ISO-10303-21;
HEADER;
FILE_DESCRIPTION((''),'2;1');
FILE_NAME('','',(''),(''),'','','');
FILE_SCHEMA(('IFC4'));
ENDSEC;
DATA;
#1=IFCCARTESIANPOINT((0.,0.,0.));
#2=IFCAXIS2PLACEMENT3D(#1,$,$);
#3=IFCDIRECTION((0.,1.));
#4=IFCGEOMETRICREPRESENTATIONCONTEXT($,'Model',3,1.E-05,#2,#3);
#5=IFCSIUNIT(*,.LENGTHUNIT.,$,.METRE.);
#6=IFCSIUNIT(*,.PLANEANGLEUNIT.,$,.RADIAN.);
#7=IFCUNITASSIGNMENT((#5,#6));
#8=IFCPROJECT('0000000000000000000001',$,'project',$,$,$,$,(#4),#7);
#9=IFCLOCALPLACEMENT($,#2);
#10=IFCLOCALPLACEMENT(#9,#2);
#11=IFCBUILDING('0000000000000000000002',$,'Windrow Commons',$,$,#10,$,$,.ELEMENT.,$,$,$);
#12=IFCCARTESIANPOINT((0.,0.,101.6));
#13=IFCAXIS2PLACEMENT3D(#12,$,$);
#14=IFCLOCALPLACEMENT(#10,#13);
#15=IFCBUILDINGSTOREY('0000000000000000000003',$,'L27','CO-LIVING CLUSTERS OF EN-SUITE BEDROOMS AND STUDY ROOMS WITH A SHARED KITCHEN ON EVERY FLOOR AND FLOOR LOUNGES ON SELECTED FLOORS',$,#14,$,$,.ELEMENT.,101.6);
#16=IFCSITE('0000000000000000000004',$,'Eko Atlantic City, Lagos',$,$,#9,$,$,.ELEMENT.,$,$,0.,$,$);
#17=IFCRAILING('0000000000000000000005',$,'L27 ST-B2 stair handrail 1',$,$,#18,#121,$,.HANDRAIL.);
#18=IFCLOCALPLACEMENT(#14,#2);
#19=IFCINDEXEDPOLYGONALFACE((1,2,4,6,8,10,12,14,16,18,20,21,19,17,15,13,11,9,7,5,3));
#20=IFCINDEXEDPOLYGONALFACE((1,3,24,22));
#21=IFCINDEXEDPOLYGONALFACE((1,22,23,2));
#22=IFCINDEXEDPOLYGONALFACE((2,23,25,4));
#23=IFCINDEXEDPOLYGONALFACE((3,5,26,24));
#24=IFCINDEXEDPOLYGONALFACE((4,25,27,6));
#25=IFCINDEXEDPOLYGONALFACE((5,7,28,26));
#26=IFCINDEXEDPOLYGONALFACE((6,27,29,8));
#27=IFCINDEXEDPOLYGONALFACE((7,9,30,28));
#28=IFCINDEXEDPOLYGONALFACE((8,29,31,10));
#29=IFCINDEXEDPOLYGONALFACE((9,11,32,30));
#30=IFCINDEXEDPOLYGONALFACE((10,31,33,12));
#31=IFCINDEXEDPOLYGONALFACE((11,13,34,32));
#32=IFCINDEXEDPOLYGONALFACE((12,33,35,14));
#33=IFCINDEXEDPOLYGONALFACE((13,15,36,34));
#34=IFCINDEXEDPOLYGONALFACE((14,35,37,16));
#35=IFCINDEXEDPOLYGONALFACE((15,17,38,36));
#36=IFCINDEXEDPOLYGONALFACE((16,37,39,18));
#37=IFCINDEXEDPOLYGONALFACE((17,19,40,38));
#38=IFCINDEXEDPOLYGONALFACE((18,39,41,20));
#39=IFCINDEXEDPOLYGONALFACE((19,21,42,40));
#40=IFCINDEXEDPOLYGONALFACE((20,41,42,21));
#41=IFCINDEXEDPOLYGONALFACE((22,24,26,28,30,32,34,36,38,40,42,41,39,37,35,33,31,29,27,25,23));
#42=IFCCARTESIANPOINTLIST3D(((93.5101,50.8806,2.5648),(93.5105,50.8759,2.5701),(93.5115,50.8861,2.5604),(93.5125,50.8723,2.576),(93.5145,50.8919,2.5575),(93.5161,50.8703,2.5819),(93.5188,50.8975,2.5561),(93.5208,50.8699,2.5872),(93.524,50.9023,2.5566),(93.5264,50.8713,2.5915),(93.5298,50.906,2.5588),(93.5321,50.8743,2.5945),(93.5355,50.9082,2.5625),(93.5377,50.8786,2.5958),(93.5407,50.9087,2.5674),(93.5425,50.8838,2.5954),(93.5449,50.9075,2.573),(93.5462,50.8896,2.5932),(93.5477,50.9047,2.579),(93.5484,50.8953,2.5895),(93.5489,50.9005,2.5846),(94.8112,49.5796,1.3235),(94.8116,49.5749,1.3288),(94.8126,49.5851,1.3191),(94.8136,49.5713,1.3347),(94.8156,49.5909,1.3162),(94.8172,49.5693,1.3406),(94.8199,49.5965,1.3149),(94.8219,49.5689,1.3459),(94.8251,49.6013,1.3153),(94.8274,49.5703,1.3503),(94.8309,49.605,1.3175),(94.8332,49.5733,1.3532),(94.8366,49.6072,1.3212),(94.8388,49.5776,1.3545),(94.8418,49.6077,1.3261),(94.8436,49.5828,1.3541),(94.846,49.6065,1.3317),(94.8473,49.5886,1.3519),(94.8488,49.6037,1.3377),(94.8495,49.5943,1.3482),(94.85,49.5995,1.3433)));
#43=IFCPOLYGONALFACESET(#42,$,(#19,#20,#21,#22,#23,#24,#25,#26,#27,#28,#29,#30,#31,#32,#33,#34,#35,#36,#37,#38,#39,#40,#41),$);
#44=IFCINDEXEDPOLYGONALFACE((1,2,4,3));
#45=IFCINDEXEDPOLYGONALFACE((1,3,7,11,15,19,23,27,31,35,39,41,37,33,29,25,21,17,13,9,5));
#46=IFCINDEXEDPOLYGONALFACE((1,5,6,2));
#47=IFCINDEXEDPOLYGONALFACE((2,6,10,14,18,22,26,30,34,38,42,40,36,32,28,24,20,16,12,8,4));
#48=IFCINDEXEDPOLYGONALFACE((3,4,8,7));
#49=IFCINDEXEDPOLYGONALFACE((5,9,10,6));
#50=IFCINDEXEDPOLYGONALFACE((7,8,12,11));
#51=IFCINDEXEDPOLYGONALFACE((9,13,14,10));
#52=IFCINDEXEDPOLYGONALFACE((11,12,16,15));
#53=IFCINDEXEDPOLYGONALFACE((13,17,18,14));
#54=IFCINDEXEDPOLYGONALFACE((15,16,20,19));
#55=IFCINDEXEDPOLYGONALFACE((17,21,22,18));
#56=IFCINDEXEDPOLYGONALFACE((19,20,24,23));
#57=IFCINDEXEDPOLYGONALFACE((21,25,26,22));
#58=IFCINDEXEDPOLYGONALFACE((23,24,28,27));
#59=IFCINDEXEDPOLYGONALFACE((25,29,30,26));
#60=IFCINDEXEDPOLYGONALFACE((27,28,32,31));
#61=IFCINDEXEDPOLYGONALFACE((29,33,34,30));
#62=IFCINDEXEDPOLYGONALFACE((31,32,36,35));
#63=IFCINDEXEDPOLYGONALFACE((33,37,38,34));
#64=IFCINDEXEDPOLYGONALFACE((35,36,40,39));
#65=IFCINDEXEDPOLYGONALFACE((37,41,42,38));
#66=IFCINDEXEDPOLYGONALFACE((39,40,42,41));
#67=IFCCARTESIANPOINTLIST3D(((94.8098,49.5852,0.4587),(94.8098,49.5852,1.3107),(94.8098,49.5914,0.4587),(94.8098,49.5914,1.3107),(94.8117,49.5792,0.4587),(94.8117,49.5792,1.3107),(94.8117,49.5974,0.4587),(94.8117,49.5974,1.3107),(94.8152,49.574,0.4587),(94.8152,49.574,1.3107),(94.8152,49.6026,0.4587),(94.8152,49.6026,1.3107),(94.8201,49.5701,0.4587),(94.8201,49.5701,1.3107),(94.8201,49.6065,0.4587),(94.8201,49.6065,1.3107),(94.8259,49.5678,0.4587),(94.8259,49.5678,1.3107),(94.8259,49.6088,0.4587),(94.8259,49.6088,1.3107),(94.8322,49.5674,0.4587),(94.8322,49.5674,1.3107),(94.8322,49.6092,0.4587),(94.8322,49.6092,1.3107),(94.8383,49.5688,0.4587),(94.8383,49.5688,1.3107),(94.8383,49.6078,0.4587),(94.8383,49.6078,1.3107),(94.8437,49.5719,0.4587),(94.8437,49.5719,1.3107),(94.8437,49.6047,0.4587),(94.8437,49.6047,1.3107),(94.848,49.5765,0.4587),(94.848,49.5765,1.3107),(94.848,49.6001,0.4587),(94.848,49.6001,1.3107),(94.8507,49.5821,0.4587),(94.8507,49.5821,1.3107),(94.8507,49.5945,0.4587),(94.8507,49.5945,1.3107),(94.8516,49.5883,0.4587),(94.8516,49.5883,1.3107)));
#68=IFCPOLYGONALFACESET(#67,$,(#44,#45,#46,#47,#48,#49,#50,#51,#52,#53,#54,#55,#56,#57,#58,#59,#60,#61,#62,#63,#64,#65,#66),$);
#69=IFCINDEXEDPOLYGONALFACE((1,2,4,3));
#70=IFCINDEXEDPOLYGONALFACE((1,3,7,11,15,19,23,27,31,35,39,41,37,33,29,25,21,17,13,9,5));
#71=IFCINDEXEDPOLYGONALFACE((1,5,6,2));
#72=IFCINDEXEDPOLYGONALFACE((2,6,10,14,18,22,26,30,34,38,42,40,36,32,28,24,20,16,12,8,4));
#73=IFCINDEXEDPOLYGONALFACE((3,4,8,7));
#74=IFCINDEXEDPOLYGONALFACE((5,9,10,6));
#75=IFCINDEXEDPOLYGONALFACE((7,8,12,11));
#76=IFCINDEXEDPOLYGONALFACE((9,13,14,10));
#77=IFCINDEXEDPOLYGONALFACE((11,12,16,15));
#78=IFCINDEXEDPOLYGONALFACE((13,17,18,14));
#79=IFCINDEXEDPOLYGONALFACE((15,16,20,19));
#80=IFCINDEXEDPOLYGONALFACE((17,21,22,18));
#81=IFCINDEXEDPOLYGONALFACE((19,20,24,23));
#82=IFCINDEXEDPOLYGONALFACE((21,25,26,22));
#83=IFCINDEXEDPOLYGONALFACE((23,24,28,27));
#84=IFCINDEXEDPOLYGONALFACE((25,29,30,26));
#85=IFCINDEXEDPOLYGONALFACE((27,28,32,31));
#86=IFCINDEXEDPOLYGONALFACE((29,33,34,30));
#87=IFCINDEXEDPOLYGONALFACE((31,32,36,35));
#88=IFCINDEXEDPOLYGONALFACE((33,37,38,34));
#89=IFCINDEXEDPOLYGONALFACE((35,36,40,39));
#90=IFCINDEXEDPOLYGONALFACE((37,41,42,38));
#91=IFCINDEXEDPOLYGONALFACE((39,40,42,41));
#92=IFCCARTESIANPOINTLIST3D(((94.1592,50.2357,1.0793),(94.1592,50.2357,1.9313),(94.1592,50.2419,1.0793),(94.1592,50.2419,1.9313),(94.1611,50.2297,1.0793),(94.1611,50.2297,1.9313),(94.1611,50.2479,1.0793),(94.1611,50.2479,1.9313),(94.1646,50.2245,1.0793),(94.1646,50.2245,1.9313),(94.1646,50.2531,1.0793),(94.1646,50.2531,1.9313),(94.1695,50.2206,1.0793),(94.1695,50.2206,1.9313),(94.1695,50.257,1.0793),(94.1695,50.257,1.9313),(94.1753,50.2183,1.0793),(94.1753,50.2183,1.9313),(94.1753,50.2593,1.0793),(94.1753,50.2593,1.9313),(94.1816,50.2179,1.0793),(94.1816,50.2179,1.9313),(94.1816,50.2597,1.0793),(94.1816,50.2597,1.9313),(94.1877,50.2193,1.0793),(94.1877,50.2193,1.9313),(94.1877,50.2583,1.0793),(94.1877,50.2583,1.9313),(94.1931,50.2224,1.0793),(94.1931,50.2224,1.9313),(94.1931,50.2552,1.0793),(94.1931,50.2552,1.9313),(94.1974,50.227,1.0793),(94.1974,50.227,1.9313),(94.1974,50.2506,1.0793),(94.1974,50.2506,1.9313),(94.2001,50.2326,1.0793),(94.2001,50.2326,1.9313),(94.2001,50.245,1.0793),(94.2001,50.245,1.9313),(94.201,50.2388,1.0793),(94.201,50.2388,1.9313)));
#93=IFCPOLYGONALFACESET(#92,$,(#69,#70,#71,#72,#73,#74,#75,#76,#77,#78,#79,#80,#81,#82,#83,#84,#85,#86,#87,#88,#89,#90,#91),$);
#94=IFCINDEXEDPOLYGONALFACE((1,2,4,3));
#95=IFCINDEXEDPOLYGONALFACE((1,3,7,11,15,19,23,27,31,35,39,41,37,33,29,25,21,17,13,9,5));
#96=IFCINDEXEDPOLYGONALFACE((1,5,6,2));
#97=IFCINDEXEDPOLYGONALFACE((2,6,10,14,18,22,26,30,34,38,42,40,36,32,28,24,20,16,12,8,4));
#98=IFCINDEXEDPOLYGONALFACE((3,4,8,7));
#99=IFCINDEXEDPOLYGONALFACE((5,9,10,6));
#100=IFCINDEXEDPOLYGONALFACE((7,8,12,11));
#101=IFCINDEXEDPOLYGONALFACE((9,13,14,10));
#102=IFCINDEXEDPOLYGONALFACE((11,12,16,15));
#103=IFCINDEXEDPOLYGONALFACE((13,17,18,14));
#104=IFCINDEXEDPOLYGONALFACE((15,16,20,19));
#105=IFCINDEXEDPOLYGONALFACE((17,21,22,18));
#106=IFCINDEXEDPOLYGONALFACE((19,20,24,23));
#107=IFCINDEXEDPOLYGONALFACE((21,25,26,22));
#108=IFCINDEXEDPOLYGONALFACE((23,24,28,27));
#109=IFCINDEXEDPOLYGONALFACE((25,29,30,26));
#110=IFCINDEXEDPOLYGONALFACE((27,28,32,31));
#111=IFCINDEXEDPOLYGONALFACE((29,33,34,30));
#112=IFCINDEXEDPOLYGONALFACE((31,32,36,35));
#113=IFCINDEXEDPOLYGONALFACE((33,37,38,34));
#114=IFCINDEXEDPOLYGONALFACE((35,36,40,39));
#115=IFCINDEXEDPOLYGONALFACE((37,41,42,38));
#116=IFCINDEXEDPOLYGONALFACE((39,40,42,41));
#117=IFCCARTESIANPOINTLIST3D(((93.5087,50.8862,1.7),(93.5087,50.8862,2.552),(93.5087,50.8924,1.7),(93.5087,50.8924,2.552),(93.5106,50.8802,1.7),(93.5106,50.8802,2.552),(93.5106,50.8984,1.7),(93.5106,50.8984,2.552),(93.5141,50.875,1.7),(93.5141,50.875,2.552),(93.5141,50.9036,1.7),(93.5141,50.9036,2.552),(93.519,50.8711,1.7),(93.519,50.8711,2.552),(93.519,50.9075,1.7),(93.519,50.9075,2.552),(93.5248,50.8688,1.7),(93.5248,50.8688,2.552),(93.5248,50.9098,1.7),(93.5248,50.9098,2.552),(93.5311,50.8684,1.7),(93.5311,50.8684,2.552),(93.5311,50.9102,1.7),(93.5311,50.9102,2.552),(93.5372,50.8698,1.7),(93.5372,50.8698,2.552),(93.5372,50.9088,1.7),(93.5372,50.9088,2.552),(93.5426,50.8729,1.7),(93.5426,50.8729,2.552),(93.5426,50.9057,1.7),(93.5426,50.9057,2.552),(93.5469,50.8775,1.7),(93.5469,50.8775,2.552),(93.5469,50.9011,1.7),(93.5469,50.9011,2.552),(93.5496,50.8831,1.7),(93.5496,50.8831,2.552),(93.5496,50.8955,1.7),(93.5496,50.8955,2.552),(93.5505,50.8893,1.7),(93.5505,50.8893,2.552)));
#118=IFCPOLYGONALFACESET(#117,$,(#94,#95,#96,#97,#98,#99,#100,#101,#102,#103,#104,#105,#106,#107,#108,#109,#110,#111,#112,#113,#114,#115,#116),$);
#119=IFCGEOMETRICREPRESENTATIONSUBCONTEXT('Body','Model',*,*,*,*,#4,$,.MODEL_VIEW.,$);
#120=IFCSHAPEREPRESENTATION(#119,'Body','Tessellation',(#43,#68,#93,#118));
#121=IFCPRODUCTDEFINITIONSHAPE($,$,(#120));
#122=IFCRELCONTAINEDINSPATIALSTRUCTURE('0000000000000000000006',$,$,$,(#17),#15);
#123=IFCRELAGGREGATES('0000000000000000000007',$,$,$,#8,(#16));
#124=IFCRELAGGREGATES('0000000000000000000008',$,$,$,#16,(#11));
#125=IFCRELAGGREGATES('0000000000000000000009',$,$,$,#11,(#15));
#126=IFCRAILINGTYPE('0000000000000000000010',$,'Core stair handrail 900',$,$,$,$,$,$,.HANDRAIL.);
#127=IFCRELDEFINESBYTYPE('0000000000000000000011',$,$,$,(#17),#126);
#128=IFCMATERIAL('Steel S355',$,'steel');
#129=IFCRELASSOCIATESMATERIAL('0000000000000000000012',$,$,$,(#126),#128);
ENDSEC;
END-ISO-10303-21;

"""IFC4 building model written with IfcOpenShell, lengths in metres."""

from ifc_helpers import new_model, si_unit, direction, frame, origin, origin_2d, place, context, subcontext, project, spatial, circle, extrude, material, type_object, element, save


model = new_model("IFC4")

# Units and contexts
model_context = context("Model", 3, precision=1e-05, world=origin(), true_north=direction((0.0, 1.0)))
body_context = subcontext(model_context, "Body", "Model", "MODEL_VIEW")
ifc_project = project(units=[si_unit("LENGTHUNIT", "METRE"), si_unit("PLANEANGLEUNIT", "RADIAN")], contexts=[model_context])

# Site, building, storey
site_placement = place(None, origin())
site = spatial("IfcSite", under=ifc_project, at=site_placement, Name="Eko Atlantic City, Lagos", CompositionType="ELEMENT", RefElevation=0.0)
building_placement = place(site_placement, origin())
building = spatial("IfcBuilding", under=site, at=building_placement, Name="Windrow Commons", CompositionType="ELEMENT")
storey_placement = place(building_placement, frame((0.0, 0.0, 101.6)))
storey = spatial("IfcBuildingStorey", under=building, at=storey_placement, Name="L27", Description="CO-LIVING CLUSTERS OF EN-SUITE BEDROOMS AND STUDY ROOMS WITH A SHARED KITCHEN ON EVERY FLOOR AND FLOOR LOUNGES ON SELECTED FLOORS", CompositionType="ELEMENT", Elevation=101.6)

# Railing
ifc_material_1 = material(Name="Steel S355", Category="steel")
railing_type_1 = type_object("IfcRailingType", Name="Core stair handrail 900", PredefinedType="HANDRAIL", material=ifc_material_1)
railing_1_placement = place(storey_placement, frame((94.8306, 49.5883, 0.4587)))
element("IfcRailing", 1, at=railing_1_placement, inside=storey, type_object=railing_type_1, Name="L27 ST-B2 stair handrail 1", PredefinedType="HANDRAIL", context=body_context, shape_type="SweptSolid", body=[
    extrude(circle(Radius=0.024, at=origin_2d()), frame((0.0, 0.0, 0.876), z_axis=(-0.586207, 0.586162, 0.559264), x_axis=(-0.70708, -0.707134, 0.0)), (0.0, 0.0, 1.0), 2.2195),
    extrude(circle(Radius=0.021, at=origin_2d()), origin(), (0.0, 0.0, 1.0), 0.852),
    extrude(circle(Radius=0.021, at=origin_2d()), frame((-0.6506, 0.6505, 0.6206)), (0.0, 0.0, 1.0), 0.852),
    extrude(circle(Radius=0.021, at=origin_2d()), frame((-1.3011, 1.301, 1.2413)), (0.0, 0.0, 1.0), 0.852),
])

save(model, "model.ifc")
